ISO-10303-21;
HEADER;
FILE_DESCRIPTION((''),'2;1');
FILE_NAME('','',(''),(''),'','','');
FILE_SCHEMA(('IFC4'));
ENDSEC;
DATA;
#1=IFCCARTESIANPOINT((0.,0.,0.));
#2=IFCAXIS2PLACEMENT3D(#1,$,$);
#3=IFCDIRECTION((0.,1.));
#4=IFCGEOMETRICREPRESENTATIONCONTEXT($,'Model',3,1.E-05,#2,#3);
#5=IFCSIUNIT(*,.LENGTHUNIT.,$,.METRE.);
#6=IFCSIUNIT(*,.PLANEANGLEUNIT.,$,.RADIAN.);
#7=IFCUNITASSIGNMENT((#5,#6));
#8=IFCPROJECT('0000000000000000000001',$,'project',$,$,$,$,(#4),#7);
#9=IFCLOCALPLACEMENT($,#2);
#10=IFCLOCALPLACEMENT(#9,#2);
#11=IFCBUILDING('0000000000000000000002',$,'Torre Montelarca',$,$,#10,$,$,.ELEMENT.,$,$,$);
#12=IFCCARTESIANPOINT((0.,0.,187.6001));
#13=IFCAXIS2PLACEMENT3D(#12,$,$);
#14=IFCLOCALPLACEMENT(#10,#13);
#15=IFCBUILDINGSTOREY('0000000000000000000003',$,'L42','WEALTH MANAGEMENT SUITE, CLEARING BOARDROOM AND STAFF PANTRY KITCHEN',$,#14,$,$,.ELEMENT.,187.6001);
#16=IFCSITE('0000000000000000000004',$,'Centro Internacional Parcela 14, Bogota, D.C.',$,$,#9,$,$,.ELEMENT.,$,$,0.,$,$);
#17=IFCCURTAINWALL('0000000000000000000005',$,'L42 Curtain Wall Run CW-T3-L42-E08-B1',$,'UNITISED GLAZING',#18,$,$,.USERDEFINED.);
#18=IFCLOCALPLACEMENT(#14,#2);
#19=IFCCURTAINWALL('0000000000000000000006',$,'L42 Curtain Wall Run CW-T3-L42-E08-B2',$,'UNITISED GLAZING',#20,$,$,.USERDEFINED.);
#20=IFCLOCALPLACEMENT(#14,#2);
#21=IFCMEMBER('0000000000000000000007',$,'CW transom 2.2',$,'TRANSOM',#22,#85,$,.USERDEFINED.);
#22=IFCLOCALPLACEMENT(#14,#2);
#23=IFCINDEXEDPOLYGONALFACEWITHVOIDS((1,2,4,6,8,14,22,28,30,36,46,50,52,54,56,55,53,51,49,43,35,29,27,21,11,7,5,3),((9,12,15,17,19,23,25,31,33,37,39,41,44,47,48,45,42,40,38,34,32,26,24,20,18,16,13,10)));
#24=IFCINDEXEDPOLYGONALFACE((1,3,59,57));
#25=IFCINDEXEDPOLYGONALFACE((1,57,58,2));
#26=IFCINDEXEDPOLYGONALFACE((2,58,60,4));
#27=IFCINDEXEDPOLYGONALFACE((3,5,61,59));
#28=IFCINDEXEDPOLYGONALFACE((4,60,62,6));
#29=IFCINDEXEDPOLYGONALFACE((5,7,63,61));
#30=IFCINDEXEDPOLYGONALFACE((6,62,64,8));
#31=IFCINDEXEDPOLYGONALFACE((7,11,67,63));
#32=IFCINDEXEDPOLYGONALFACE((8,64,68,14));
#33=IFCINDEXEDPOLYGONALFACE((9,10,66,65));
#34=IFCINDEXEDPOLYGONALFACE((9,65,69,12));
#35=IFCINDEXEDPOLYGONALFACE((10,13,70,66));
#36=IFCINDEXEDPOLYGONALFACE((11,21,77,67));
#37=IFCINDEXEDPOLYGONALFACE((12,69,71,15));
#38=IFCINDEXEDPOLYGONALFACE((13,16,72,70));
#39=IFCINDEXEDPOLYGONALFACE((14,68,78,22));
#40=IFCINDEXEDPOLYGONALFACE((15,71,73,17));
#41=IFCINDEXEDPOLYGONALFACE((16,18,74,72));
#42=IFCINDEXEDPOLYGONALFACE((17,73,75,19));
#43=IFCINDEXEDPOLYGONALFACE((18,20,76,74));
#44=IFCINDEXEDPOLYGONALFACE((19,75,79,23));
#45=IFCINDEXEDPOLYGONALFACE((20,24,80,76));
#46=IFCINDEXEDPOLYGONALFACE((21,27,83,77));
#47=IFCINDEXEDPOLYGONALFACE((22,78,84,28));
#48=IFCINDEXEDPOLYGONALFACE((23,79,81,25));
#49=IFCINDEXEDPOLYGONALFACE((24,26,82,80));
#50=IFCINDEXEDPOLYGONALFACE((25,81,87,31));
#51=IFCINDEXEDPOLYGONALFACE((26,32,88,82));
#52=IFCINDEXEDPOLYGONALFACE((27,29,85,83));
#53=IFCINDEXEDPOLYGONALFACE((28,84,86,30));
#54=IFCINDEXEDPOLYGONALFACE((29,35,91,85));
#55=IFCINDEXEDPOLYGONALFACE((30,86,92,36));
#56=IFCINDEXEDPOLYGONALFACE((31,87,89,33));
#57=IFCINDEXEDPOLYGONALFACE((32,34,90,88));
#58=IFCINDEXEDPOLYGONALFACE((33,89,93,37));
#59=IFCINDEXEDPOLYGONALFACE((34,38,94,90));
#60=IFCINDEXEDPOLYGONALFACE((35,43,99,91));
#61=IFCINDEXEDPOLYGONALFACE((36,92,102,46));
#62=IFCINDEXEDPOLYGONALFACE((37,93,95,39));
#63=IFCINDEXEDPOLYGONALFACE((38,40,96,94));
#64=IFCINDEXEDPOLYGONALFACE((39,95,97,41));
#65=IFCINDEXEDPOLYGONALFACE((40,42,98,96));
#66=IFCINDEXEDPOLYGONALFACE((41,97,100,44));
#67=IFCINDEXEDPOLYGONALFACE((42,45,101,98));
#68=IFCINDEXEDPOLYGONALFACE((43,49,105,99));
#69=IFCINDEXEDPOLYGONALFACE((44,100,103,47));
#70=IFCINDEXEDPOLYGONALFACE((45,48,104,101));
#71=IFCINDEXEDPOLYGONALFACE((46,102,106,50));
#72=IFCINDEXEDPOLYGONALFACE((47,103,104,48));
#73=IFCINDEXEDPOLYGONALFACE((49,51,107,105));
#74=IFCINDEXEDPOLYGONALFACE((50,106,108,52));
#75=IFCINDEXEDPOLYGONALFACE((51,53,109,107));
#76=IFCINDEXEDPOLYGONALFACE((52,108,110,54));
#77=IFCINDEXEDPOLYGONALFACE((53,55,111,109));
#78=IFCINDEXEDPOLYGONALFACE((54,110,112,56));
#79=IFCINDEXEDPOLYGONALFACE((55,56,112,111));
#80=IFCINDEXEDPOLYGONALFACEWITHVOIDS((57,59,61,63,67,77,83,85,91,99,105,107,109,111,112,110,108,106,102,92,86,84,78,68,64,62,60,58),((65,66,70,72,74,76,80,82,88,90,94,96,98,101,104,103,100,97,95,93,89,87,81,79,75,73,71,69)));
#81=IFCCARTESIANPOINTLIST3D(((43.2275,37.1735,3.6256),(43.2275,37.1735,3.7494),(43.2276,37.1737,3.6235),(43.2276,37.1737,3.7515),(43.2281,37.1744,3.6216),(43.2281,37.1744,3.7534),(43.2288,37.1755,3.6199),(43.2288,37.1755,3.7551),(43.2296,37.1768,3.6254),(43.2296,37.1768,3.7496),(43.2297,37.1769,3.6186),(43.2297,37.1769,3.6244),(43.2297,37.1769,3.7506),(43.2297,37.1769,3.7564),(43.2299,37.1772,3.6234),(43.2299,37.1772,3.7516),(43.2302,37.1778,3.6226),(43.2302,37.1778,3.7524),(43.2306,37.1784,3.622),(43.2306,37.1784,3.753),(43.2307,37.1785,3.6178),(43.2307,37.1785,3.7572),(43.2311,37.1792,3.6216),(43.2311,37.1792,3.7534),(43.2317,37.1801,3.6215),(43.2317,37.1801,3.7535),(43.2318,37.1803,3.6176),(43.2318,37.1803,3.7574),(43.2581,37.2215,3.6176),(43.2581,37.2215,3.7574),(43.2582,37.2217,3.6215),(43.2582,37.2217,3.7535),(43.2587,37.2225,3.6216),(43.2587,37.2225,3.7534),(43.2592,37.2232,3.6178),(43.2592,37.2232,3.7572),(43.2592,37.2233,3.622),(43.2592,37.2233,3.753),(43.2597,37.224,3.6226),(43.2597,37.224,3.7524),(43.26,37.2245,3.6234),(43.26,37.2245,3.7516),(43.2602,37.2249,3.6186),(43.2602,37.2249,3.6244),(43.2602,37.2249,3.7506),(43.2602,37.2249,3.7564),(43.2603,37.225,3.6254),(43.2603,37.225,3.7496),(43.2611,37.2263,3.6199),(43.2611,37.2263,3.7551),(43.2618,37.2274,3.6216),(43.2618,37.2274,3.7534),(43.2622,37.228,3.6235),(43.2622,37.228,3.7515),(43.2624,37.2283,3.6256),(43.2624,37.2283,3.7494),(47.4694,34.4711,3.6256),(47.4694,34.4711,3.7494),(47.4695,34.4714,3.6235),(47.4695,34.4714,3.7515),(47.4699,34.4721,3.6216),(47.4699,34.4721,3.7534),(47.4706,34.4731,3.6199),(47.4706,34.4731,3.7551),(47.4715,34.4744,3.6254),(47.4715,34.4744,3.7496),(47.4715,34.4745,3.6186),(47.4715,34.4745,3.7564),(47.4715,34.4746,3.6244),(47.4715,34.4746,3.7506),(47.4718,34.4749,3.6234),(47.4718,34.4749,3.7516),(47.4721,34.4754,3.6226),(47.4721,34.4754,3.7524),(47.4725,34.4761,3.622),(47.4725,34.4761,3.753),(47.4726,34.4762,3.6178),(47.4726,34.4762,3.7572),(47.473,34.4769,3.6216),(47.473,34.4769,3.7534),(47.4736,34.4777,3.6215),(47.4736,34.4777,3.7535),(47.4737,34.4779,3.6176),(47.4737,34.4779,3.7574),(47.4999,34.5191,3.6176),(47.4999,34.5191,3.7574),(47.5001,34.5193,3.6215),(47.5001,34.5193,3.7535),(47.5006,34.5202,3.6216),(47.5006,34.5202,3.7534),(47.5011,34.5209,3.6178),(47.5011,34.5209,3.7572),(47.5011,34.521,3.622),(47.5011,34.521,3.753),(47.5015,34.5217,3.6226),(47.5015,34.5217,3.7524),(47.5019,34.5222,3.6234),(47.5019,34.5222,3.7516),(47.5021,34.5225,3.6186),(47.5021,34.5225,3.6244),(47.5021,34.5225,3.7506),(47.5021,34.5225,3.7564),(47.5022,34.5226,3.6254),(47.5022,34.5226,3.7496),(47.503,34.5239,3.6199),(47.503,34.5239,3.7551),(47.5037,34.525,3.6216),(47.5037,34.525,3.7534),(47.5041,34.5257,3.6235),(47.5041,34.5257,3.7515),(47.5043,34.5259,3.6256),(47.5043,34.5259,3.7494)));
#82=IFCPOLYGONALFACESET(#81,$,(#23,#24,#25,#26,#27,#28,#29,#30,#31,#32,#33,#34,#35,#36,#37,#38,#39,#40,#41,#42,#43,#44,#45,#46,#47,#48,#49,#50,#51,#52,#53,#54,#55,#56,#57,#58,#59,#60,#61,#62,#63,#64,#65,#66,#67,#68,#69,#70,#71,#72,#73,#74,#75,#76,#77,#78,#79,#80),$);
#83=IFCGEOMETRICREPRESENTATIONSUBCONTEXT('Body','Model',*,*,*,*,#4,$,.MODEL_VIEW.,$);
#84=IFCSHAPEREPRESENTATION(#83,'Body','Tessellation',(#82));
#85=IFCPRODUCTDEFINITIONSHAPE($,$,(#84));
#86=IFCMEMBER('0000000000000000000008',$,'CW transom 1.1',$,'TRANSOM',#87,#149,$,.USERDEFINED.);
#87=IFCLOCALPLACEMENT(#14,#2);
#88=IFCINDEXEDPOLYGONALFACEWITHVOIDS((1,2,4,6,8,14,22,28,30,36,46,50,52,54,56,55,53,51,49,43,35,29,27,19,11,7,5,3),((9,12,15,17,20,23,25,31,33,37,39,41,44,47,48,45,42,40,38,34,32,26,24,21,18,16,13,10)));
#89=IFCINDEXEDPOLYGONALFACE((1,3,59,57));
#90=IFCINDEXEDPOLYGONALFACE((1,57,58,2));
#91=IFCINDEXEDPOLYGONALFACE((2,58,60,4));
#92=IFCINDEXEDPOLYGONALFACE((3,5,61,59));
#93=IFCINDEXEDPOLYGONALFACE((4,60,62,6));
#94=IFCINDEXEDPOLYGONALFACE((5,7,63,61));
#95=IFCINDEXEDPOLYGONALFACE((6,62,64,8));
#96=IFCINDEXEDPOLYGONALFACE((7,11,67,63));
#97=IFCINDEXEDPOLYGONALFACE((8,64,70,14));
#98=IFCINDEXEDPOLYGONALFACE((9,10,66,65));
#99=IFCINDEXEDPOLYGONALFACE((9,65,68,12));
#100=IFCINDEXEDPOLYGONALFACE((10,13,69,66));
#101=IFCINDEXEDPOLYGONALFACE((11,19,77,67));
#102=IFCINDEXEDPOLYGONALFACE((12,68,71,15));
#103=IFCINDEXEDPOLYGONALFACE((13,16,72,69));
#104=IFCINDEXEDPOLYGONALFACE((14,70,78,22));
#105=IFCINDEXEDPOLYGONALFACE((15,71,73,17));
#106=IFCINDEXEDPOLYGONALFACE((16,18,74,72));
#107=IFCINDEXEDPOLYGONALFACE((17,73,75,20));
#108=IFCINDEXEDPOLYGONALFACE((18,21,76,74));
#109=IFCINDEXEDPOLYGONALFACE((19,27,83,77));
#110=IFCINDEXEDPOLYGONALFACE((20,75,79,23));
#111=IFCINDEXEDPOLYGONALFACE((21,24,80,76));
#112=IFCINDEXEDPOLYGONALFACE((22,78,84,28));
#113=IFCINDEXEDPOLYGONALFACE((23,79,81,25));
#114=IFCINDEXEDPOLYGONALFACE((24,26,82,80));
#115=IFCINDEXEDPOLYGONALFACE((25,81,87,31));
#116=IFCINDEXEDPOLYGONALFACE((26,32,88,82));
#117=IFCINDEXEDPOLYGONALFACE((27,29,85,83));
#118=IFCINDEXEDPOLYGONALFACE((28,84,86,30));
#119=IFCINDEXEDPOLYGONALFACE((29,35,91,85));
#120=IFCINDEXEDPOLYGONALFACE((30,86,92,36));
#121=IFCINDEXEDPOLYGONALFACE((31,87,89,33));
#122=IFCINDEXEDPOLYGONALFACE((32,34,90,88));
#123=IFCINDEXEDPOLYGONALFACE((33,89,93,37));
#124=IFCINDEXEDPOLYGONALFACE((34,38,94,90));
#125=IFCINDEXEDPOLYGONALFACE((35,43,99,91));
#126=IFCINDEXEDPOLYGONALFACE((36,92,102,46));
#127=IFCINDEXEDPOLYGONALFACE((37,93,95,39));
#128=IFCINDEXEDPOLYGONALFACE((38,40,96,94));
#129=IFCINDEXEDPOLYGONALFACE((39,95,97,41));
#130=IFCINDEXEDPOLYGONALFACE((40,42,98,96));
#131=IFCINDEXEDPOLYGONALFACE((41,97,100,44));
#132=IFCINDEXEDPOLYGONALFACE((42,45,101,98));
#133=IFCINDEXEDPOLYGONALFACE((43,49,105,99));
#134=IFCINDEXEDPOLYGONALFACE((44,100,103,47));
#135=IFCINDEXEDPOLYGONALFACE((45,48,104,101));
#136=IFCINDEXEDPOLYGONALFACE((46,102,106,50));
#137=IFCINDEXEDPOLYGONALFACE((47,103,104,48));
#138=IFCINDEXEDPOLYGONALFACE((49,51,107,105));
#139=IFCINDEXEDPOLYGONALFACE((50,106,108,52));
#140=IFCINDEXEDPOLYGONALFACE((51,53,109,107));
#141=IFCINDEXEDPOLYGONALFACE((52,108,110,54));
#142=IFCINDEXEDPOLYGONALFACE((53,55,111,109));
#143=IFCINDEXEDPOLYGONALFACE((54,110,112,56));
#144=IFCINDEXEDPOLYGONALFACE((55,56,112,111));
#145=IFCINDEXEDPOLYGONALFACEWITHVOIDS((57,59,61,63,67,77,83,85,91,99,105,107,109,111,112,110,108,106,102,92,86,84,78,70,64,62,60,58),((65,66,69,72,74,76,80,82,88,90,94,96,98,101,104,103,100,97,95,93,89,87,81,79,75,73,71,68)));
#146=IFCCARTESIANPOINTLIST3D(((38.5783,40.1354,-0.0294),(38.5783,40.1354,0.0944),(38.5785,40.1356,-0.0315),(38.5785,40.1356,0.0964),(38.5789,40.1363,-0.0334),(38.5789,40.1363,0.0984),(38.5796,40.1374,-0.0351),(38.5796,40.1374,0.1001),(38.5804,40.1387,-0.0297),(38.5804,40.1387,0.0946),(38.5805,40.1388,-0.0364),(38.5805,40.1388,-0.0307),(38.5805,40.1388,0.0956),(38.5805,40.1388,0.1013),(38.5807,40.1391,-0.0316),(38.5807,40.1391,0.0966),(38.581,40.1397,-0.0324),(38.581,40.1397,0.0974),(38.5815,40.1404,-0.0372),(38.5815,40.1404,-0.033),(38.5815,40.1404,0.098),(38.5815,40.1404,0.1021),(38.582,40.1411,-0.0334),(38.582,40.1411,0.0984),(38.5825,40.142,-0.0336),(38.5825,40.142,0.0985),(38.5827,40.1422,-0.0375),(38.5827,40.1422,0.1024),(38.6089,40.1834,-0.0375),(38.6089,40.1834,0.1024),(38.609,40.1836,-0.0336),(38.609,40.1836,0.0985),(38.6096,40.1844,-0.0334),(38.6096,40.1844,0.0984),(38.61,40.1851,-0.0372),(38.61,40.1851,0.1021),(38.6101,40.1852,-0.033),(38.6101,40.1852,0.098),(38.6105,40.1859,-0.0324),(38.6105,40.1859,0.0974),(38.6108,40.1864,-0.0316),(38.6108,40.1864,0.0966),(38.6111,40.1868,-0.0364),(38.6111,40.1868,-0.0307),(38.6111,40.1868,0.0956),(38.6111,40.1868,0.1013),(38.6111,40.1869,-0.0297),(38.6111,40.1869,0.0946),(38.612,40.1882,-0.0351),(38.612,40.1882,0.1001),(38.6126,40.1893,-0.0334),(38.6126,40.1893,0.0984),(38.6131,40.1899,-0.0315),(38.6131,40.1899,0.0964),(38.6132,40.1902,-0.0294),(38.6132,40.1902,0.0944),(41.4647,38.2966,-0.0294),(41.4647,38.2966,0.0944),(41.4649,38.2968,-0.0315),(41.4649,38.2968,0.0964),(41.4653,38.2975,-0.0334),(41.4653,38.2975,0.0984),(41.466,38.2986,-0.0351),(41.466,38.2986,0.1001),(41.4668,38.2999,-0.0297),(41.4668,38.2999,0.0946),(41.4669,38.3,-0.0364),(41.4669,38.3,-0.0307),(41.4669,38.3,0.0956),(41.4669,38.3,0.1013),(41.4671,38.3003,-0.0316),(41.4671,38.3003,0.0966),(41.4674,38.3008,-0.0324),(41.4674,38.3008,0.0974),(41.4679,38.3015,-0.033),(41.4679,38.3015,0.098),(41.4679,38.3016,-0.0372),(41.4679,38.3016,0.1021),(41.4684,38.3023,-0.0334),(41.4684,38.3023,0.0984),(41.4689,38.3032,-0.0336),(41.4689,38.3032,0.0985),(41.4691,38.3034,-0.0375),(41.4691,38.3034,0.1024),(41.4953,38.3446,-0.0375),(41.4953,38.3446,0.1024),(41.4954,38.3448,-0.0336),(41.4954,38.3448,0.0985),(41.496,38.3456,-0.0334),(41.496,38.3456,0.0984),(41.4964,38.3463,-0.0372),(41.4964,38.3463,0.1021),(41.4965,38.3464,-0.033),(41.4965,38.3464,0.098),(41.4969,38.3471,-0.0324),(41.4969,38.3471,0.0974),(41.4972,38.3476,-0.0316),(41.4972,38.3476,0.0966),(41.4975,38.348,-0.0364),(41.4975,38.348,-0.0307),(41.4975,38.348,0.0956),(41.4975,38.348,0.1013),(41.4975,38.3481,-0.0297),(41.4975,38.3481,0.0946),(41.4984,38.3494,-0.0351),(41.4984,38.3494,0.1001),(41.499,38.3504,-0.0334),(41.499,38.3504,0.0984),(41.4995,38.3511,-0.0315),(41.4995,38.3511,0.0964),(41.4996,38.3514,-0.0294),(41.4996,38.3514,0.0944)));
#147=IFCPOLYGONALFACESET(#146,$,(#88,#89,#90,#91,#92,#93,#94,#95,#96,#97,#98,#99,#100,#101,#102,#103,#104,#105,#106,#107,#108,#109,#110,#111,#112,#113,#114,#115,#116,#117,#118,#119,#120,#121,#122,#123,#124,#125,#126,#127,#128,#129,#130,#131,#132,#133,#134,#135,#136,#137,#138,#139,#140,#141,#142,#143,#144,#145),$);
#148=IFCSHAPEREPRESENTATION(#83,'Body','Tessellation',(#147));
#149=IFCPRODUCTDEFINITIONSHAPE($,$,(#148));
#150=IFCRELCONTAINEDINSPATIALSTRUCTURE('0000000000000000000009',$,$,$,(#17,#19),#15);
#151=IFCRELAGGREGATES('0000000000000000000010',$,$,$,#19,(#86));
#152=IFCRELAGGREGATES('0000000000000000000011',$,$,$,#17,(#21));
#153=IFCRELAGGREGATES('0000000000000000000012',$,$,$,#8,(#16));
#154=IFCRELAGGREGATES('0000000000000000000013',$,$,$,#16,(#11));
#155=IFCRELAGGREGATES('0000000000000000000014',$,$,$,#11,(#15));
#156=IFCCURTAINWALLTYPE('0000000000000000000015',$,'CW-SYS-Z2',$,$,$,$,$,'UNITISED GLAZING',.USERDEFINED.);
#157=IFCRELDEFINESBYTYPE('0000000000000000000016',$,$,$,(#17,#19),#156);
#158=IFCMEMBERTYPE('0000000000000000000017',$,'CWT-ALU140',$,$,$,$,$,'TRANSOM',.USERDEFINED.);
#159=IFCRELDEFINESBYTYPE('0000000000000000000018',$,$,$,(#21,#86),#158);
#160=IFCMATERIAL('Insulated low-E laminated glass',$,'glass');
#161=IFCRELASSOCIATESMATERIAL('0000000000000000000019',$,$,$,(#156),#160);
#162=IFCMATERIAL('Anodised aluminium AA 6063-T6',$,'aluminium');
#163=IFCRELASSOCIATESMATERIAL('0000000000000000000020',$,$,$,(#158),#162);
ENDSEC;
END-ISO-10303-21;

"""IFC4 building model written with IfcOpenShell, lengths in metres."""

from ifc_helpers import new_model, si_unit, direction, frame, origin, origin_2d, place, context, subcontext, project, spatial, hollow_rectangle, extrude, source, transform, mapped, material, material_profile, profile_set, type_object, element, aggregate, save


model = new_model("IFC4")

# Units and contexts
model_context = context("Model", 3, precision=1e-05, world=origin(), true_north=direction((0.0, 1.0)))
body_context = subcontext(model_context, "Body", "Model", "MODEL_VIEW")
ifc_project = project(units=[si_unit("LENGTHUNIT", "METRE"), si_unit("PLANEANGLEUNIT", "RADIAN")], contexts=[model_context])

# Site, building, storey
site_placement = place(None, origin())
site = spatial("IfcSite", under=ifc_project, at=site_placement, Name="Centro Internacional Parcela 14, Bogota, D.C.", CompositionType="ELEMENT", RefElevation=0.0)
building_placement = place(site_placement, origin())
building = spatial("IfcBuilding", under=site, at=building_placement, Name="Torre Montelarca", CompositionType="ELEMENT")
storey_placement = place(building_placement, frame((0.0, 0.0, 187.6001)))
storey = spatial("IfcBuildingStorey", under=building, at=storey_placement, Name="L42", Description="WEALTH MANAGEMENT SUITE, CLEARING BOARDROOM AND STAFF PANTRY KITCHEN", CompositionType="ELEMENT", Elevation=187.6001)

# Curtain walls
ifc_material_1 = material(Name="Insulated low-E laminated glass", Category="glass")
curtain_wall_type = type_object("IfcCurtainWallType", Name="CW-SYS-Z2", ElementType="UNITISED GLAZING", PredefinedType="USERDEFINED", material=ifc_material_1)
ifc_material_2 = material(Name="Anodised aluminium AA 6063-T6", Category="aluminium")
ifc_material_profile_1 = material_profile(ifc_material_2, hollow_rectangle(XDim=0.0649, YDim=0.1399, WallThickness=0.0039, InnerFilletRadius=0.0039, OuterFilletRadius=0.0081, at=origin_2d()), Name="ALU65X140X4", Category="aluminium")
ifc_profile_set_1 = profile_set([ifc_material_profile_1], Name="Anodised aluminium AA 6063-T6")
member_type_1 = type_object("IfcMemberType", Name="CWT-ALU140", ElementType="TRANSOM", PredefinedType="USERDEFINED", material=ifc_profile_set_1)
curtain_wall_1_placement = place(storey_placement, origin())
curtain_wall_1 = element("IfcCurtainWall", 1, at=curtain_wall_1_placement, inside=storey, type_object=curtain_wall_type, Name="L42 Curtain Wall Run CW-T3-L42-E08-B1", ObjectType="UNITISED GLAZING", PredefinedType="USERDEFINED")
curtain_wall_2_placement = place(storey_placement, origin())
curtain_wall_2 = element("IfcCurtainWall", 2, at=curtain_wall_2_placement, inside=storey, type_object=curtain_wall_type, Name="L42 Curtain Wall Run CW-T3-L42-E08-B2", ObjectType="UNITISED GLAZING", PredefinedType="USERDEFINED")

# Members
shared_shape_1 = source(origin(), body_context, "Body", "SweptSolid", [
    extrude(hollow_rectangle(XDim=0.0649, YDim=0.1399, WallThickness=0.0039, InnerFilletRadius=0.0039, OuterFilletRadius=0.0081, at=origin_2d()), origin(), (0.0, 0.0, 1.0), 5.0295),
])
member_1_placement = place(storey_placement, frame((47.4868, 34.4985, 3.6875), z_axis=(-0.843394, 0.537296, 0.0), x_axis=(-0.537296, -0.843394, 0.0)))
member_1 = element("IfcMember", 3, at=member_1_placement, type_object=member_type_1, Name="CW transom 2.2", ObjectType="TRANSOM", PredefinedType="USERDEFINED", context=body_context, shape_type="MappedRepresentation", body=[
    mapped(shared_shape_1, transform((0.0, 0.0, 0.0), scale=1.0)),
])
shared_shape_2 = source(origin(), body_context, "Body", "SweptSolid", [
    extrude(hollow_rectangle(XDim=0.0649, YDim=0.1399, WallThickness=0.0039, InnerFilletRadius=0.0039, OuterFilletRadius=0.0081, at=origin_2d()), origin(), (0.0, 0.0, 1.0), 3.4224),
])
member_2_placement = place(storey_placement, frame((41.4822, 38.324, 0.0325), z_axis=(-0.843394, 0.537295, 0.0), x_axis=(-0.537295, -0.843394, 0.0)))
member_2 = element("IfcMember", 4, at=member_2_placement, type_object=member_type_1, Name="CW transom 1.1", ObjectType="TRANSOM", PredefinedType="USERDEFINED", context=body_context, shape_type="MappedRepresentation", body=[
    mapped(shared_shape_2, transform((0.0, 0.0, 0.0), scale=1.0)),
])

aggregate(curtain_wall_2, [member_2])
aggregate(curtain_wall_1, [member_1])

save(model, "model.ifc")
